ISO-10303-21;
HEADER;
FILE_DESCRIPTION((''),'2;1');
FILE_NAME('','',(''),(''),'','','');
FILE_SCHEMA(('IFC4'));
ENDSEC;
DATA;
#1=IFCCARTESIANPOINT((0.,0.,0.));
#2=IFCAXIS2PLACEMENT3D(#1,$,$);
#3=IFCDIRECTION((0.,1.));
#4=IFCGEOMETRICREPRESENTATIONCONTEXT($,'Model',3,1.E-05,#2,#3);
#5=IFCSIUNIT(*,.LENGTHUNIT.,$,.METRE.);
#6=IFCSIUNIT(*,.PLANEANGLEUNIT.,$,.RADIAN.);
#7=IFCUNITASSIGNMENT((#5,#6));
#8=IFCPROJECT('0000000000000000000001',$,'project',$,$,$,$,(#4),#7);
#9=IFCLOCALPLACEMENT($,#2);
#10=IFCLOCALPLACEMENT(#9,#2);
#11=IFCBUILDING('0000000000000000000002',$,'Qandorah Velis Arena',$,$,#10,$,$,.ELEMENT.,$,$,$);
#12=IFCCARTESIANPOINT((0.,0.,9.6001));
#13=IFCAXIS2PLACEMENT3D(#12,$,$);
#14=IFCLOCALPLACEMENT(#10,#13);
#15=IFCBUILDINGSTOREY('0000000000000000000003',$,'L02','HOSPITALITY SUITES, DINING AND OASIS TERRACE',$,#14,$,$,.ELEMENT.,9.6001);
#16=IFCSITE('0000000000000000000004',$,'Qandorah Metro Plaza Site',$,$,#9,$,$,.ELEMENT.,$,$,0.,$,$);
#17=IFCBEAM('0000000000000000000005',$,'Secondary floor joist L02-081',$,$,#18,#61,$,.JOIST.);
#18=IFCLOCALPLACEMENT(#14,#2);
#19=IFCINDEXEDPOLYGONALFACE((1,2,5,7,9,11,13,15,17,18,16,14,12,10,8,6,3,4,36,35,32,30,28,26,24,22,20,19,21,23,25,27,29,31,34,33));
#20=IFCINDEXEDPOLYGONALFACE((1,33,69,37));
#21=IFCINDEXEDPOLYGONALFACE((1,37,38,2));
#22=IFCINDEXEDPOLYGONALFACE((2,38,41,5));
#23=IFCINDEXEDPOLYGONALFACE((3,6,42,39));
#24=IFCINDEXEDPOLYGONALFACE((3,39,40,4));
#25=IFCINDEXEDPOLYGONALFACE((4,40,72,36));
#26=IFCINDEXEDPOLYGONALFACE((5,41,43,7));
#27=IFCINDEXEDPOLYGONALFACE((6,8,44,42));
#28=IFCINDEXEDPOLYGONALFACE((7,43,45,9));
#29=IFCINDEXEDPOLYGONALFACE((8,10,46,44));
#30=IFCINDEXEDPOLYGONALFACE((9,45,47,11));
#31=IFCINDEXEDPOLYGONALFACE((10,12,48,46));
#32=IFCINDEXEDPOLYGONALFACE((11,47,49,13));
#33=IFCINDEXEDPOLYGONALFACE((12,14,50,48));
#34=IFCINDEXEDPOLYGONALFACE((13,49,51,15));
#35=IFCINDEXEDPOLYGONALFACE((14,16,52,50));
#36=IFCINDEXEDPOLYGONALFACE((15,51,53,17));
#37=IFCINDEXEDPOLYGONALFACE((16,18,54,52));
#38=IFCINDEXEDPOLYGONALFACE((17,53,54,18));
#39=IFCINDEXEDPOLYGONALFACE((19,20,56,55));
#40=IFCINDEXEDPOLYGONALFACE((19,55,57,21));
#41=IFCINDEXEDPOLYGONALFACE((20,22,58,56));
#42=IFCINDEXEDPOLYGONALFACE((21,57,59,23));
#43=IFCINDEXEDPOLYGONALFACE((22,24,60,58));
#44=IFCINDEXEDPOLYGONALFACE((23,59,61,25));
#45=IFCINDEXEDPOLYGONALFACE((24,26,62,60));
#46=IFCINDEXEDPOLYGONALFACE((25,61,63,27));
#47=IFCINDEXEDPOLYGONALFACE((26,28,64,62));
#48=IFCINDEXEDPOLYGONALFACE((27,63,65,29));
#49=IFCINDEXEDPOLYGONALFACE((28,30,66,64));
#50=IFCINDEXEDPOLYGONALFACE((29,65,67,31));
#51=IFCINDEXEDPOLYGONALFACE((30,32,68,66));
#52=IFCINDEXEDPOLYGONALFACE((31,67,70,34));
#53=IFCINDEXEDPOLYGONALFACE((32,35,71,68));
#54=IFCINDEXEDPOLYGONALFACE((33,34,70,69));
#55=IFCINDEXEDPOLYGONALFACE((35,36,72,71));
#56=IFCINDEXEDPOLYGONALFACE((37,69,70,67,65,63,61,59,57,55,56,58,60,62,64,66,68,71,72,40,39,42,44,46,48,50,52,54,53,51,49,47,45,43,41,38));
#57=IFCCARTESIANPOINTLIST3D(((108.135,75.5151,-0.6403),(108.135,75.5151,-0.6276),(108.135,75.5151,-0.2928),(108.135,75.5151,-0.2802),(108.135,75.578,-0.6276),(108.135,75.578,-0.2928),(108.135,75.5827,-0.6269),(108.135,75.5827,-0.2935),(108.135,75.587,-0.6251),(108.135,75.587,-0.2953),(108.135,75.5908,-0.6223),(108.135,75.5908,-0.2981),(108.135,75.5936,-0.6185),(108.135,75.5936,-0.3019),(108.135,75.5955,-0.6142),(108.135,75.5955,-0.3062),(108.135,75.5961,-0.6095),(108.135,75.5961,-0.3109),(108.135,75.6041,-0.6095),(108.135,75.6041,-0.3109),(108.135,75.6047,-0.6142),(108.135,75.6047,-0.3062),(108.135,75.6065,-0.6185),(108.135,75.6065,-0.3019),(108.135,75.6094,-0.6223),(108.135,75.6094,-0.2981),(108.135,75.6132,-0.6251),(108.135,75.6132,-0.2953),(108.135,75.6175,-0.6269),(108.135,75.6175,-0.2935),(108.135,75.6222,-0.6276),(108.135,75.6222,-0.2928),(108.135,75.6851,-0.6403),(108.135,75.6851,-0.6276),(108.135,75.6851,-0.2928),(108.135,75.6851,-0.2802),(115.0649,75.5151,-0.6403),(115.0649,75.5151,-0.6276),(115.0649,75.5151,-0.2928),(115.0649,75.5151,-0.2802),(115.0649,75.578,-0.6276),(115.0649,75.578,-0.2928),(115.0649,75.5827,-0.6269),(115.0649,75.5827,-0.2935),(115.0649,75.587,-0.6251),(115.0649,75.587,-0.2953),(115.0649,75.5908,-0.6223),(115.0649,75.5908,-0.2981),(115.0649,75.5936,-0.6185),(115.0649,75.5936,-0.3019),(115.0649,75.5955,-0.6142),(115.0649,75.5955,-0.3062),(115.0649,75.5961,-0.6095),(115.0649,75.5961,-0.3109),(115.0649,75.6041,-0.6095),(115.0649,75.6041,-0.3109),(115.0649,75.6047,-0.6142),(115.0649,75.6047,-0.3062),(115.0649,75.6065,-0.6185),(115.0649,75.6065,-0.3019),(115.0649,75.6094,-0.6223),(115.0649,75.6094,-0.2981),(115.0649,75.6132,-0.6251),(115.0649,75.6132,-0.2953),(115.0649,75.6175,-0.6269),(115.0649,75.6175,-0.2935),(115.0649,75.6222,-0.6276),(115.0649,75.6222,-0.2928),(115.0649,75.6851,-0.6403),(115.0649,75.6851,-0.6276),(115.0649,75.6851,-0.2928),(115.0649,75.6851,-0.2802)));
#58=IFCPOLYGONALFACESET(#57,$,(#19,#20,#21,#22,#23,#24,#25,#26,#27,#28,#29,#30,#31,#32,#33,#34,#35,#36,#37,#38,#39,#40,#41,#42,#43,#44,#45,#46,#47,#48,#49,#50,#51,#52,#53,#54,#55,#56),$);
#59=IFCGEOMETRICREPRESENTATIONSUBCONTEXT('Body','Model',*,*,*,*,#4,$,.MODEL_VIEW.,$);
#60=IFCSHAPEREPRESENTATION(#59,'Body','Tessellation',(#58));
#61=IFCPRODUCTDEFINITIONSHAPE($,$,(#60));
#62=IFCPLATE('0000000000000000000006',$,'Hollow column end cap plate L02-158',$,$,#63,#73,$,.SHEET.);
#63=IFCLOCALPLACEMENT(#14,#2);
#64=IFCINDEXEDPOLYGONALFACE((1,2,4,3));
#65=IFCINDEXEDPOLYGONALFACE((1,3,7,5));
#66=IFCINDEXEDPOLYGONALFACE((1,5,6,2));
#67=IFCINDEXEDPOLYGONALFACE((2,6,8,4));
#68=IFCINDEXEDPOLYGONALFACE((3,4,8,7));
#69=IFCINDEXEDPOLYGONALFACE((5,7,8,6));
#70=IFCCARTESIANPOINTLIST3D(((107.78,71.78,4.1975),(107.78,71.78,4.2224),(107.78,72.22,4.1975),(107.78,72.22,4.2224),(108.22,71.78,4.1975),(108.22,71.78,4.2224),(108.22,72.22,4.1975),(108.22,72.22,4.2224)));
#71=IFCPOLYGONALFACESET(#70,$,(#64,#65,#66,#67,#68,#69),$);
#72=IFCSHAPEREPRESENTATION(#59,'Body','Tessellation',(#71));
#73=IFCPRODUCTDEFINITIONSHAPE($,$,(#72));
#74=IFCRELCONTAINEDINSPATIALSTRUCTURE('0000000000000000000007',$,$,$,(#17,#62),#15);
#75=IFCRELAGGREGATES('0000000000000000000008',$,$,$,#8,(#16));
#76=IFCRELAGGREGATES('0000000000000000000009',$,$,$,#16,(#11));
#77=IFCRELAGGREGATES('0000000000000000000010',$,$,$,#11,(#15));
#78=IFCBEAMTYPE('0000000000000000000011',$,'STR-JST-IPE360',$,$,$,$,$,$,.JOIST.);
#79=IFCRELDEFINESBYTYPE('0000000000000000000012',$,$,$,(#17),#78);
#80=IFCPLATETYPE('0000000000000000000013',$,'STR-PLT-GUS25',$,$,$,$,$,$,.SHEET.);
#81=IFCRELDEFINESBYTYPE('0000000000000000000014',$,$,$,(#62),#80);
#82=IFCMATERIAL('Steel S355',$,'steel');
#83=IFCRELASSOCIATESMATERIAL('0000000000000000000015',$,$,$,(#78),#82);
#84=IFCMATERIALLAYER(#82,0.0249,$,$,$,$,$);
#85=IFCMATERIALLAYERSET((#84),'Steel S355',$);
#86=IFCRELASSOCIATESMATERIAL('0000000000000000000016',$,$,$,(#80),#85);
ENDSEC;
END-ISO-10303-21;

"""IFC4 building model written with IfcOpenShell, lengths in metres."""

from ifc_helpers import new_model, si_unit, direction, frame, origin, origin_2d, place, context, subcontext, project, spatial, rectangle, i_section, extrude, material, layer, layer_set, material_profile, profile_set, type_object, element, save


model = new_model("IFC4")

# Units and contexts
model_context = context("Model", 3, precision=1e-05, world=origin(), true_north=direction((0.0, 1.0)))
body_context = subcontext(model_context, "Body", "Model", "MODEL_VIEW")
ifc_project = project(units=[si_unit("LENGTHUNIT", "METRE"), si_unit("PLANEANGLEUNIT", "RADIAN")], contexts=[model_context])

# Site, building, storey
site_placement = place(None, origin())
site = spatial("IfcSite", under=ifc_project, at=site_placement, Name="Qandorah Metro Plaza Site", CompositionType="ELEMENT", RefElevation=0.0)
building_placement = place(site_placement, origin())
building = spatial("IfcBuilding", under=site, at=building_placement, Name="Qandorah Velis Arena", CompositionType="ELEMENT")
storey_placement = place(building_placement, frame((0.0, 0.0, 9.6001)))
storey = spatial("IfcBuildingStorey", under=building, at=storey_placement, Name="L02", Description="HOSPITALITY SUITES, DINING AND OASIS TERRACE", CompositionType="ELEMENT", Elevation=9.6001)

# Shared definitions
ifc_material_1 = material(Name="Steel S355", Category="steel")

# Beam
ifc_material_profile_1 = material_profile(ifc_material_1, i_section(OverallWidth=0.1699, OverallDepth=0.3601, WebThickness=0.0081, FlangeThickness=0.0127, FilletRadius=0.0181, at=origin_2d()), Name="IPE 360")
ifc_profile_set_1 = profile_set([ifc_material_profile_1], Name="Steel S355")
beam_type_1 = type_object("IfcBeamType", Name="STR-JST-IPE360", PredefinedType="JOIST", material=ifc_profile_set_1)
for number, where, z_axis, x_axis, name in (
    (1, (108.135, 75.6001, -0.4602), (1.0, 0.0, 0.0), (0.0, 1.0, 0.0), "Secondary floor joist L02-081"),
):
    element("IfcBeam", number, at=place(storey_placement, frame(where, z_axis=z_axis, x_axis=x_axis)), inside=storey, type_object=beam_type_1, Name=name, PredefinedType="JOIST", context=body_context, shape_type="SweptSolid", body=[
        extrude(i_section(OverallWidth=0.1699, OverallDepth=0.3601, WebThickness=0.0081, FlangeThickness=0.0127, FilletRadius=0.0181, at=origin_2d()), origin(), (0.0, 0.0, 1.0), 6.9299),
    ])

# Plate
ifc_layer = layer(ifc_material_1, 0.0249)
ifc_layer_set = layer_set([ifc_layer], Name="Steel S355")
plate_type = type_object("IfcPlateType", Name="STR-PLT-GUS25", PredefinedType="SHEET", material=ifc_layer_set)
plate_placement = place(storey_placement, frame((108.0, 72.0, 4.1975), z_axis=(0.0, 0.0, 1.0), x_axis=(1.0, 0.0, 0.0)))
element("IfcPlate", 2, at=plate_placement, inside=storey, type_object=plate_type, Name="Hollow column end cap plate L02-158", PredefinedType="SHEET", context=body_context, shape_type="SweptSolid", body=[
    extrude(rectangle(XDim=0.4399, YDim=0.4399, at=origin_2d()), origin(), (0.0, 0.0, 1.0), 0.0249),
])

save(model, "model.ifc")
